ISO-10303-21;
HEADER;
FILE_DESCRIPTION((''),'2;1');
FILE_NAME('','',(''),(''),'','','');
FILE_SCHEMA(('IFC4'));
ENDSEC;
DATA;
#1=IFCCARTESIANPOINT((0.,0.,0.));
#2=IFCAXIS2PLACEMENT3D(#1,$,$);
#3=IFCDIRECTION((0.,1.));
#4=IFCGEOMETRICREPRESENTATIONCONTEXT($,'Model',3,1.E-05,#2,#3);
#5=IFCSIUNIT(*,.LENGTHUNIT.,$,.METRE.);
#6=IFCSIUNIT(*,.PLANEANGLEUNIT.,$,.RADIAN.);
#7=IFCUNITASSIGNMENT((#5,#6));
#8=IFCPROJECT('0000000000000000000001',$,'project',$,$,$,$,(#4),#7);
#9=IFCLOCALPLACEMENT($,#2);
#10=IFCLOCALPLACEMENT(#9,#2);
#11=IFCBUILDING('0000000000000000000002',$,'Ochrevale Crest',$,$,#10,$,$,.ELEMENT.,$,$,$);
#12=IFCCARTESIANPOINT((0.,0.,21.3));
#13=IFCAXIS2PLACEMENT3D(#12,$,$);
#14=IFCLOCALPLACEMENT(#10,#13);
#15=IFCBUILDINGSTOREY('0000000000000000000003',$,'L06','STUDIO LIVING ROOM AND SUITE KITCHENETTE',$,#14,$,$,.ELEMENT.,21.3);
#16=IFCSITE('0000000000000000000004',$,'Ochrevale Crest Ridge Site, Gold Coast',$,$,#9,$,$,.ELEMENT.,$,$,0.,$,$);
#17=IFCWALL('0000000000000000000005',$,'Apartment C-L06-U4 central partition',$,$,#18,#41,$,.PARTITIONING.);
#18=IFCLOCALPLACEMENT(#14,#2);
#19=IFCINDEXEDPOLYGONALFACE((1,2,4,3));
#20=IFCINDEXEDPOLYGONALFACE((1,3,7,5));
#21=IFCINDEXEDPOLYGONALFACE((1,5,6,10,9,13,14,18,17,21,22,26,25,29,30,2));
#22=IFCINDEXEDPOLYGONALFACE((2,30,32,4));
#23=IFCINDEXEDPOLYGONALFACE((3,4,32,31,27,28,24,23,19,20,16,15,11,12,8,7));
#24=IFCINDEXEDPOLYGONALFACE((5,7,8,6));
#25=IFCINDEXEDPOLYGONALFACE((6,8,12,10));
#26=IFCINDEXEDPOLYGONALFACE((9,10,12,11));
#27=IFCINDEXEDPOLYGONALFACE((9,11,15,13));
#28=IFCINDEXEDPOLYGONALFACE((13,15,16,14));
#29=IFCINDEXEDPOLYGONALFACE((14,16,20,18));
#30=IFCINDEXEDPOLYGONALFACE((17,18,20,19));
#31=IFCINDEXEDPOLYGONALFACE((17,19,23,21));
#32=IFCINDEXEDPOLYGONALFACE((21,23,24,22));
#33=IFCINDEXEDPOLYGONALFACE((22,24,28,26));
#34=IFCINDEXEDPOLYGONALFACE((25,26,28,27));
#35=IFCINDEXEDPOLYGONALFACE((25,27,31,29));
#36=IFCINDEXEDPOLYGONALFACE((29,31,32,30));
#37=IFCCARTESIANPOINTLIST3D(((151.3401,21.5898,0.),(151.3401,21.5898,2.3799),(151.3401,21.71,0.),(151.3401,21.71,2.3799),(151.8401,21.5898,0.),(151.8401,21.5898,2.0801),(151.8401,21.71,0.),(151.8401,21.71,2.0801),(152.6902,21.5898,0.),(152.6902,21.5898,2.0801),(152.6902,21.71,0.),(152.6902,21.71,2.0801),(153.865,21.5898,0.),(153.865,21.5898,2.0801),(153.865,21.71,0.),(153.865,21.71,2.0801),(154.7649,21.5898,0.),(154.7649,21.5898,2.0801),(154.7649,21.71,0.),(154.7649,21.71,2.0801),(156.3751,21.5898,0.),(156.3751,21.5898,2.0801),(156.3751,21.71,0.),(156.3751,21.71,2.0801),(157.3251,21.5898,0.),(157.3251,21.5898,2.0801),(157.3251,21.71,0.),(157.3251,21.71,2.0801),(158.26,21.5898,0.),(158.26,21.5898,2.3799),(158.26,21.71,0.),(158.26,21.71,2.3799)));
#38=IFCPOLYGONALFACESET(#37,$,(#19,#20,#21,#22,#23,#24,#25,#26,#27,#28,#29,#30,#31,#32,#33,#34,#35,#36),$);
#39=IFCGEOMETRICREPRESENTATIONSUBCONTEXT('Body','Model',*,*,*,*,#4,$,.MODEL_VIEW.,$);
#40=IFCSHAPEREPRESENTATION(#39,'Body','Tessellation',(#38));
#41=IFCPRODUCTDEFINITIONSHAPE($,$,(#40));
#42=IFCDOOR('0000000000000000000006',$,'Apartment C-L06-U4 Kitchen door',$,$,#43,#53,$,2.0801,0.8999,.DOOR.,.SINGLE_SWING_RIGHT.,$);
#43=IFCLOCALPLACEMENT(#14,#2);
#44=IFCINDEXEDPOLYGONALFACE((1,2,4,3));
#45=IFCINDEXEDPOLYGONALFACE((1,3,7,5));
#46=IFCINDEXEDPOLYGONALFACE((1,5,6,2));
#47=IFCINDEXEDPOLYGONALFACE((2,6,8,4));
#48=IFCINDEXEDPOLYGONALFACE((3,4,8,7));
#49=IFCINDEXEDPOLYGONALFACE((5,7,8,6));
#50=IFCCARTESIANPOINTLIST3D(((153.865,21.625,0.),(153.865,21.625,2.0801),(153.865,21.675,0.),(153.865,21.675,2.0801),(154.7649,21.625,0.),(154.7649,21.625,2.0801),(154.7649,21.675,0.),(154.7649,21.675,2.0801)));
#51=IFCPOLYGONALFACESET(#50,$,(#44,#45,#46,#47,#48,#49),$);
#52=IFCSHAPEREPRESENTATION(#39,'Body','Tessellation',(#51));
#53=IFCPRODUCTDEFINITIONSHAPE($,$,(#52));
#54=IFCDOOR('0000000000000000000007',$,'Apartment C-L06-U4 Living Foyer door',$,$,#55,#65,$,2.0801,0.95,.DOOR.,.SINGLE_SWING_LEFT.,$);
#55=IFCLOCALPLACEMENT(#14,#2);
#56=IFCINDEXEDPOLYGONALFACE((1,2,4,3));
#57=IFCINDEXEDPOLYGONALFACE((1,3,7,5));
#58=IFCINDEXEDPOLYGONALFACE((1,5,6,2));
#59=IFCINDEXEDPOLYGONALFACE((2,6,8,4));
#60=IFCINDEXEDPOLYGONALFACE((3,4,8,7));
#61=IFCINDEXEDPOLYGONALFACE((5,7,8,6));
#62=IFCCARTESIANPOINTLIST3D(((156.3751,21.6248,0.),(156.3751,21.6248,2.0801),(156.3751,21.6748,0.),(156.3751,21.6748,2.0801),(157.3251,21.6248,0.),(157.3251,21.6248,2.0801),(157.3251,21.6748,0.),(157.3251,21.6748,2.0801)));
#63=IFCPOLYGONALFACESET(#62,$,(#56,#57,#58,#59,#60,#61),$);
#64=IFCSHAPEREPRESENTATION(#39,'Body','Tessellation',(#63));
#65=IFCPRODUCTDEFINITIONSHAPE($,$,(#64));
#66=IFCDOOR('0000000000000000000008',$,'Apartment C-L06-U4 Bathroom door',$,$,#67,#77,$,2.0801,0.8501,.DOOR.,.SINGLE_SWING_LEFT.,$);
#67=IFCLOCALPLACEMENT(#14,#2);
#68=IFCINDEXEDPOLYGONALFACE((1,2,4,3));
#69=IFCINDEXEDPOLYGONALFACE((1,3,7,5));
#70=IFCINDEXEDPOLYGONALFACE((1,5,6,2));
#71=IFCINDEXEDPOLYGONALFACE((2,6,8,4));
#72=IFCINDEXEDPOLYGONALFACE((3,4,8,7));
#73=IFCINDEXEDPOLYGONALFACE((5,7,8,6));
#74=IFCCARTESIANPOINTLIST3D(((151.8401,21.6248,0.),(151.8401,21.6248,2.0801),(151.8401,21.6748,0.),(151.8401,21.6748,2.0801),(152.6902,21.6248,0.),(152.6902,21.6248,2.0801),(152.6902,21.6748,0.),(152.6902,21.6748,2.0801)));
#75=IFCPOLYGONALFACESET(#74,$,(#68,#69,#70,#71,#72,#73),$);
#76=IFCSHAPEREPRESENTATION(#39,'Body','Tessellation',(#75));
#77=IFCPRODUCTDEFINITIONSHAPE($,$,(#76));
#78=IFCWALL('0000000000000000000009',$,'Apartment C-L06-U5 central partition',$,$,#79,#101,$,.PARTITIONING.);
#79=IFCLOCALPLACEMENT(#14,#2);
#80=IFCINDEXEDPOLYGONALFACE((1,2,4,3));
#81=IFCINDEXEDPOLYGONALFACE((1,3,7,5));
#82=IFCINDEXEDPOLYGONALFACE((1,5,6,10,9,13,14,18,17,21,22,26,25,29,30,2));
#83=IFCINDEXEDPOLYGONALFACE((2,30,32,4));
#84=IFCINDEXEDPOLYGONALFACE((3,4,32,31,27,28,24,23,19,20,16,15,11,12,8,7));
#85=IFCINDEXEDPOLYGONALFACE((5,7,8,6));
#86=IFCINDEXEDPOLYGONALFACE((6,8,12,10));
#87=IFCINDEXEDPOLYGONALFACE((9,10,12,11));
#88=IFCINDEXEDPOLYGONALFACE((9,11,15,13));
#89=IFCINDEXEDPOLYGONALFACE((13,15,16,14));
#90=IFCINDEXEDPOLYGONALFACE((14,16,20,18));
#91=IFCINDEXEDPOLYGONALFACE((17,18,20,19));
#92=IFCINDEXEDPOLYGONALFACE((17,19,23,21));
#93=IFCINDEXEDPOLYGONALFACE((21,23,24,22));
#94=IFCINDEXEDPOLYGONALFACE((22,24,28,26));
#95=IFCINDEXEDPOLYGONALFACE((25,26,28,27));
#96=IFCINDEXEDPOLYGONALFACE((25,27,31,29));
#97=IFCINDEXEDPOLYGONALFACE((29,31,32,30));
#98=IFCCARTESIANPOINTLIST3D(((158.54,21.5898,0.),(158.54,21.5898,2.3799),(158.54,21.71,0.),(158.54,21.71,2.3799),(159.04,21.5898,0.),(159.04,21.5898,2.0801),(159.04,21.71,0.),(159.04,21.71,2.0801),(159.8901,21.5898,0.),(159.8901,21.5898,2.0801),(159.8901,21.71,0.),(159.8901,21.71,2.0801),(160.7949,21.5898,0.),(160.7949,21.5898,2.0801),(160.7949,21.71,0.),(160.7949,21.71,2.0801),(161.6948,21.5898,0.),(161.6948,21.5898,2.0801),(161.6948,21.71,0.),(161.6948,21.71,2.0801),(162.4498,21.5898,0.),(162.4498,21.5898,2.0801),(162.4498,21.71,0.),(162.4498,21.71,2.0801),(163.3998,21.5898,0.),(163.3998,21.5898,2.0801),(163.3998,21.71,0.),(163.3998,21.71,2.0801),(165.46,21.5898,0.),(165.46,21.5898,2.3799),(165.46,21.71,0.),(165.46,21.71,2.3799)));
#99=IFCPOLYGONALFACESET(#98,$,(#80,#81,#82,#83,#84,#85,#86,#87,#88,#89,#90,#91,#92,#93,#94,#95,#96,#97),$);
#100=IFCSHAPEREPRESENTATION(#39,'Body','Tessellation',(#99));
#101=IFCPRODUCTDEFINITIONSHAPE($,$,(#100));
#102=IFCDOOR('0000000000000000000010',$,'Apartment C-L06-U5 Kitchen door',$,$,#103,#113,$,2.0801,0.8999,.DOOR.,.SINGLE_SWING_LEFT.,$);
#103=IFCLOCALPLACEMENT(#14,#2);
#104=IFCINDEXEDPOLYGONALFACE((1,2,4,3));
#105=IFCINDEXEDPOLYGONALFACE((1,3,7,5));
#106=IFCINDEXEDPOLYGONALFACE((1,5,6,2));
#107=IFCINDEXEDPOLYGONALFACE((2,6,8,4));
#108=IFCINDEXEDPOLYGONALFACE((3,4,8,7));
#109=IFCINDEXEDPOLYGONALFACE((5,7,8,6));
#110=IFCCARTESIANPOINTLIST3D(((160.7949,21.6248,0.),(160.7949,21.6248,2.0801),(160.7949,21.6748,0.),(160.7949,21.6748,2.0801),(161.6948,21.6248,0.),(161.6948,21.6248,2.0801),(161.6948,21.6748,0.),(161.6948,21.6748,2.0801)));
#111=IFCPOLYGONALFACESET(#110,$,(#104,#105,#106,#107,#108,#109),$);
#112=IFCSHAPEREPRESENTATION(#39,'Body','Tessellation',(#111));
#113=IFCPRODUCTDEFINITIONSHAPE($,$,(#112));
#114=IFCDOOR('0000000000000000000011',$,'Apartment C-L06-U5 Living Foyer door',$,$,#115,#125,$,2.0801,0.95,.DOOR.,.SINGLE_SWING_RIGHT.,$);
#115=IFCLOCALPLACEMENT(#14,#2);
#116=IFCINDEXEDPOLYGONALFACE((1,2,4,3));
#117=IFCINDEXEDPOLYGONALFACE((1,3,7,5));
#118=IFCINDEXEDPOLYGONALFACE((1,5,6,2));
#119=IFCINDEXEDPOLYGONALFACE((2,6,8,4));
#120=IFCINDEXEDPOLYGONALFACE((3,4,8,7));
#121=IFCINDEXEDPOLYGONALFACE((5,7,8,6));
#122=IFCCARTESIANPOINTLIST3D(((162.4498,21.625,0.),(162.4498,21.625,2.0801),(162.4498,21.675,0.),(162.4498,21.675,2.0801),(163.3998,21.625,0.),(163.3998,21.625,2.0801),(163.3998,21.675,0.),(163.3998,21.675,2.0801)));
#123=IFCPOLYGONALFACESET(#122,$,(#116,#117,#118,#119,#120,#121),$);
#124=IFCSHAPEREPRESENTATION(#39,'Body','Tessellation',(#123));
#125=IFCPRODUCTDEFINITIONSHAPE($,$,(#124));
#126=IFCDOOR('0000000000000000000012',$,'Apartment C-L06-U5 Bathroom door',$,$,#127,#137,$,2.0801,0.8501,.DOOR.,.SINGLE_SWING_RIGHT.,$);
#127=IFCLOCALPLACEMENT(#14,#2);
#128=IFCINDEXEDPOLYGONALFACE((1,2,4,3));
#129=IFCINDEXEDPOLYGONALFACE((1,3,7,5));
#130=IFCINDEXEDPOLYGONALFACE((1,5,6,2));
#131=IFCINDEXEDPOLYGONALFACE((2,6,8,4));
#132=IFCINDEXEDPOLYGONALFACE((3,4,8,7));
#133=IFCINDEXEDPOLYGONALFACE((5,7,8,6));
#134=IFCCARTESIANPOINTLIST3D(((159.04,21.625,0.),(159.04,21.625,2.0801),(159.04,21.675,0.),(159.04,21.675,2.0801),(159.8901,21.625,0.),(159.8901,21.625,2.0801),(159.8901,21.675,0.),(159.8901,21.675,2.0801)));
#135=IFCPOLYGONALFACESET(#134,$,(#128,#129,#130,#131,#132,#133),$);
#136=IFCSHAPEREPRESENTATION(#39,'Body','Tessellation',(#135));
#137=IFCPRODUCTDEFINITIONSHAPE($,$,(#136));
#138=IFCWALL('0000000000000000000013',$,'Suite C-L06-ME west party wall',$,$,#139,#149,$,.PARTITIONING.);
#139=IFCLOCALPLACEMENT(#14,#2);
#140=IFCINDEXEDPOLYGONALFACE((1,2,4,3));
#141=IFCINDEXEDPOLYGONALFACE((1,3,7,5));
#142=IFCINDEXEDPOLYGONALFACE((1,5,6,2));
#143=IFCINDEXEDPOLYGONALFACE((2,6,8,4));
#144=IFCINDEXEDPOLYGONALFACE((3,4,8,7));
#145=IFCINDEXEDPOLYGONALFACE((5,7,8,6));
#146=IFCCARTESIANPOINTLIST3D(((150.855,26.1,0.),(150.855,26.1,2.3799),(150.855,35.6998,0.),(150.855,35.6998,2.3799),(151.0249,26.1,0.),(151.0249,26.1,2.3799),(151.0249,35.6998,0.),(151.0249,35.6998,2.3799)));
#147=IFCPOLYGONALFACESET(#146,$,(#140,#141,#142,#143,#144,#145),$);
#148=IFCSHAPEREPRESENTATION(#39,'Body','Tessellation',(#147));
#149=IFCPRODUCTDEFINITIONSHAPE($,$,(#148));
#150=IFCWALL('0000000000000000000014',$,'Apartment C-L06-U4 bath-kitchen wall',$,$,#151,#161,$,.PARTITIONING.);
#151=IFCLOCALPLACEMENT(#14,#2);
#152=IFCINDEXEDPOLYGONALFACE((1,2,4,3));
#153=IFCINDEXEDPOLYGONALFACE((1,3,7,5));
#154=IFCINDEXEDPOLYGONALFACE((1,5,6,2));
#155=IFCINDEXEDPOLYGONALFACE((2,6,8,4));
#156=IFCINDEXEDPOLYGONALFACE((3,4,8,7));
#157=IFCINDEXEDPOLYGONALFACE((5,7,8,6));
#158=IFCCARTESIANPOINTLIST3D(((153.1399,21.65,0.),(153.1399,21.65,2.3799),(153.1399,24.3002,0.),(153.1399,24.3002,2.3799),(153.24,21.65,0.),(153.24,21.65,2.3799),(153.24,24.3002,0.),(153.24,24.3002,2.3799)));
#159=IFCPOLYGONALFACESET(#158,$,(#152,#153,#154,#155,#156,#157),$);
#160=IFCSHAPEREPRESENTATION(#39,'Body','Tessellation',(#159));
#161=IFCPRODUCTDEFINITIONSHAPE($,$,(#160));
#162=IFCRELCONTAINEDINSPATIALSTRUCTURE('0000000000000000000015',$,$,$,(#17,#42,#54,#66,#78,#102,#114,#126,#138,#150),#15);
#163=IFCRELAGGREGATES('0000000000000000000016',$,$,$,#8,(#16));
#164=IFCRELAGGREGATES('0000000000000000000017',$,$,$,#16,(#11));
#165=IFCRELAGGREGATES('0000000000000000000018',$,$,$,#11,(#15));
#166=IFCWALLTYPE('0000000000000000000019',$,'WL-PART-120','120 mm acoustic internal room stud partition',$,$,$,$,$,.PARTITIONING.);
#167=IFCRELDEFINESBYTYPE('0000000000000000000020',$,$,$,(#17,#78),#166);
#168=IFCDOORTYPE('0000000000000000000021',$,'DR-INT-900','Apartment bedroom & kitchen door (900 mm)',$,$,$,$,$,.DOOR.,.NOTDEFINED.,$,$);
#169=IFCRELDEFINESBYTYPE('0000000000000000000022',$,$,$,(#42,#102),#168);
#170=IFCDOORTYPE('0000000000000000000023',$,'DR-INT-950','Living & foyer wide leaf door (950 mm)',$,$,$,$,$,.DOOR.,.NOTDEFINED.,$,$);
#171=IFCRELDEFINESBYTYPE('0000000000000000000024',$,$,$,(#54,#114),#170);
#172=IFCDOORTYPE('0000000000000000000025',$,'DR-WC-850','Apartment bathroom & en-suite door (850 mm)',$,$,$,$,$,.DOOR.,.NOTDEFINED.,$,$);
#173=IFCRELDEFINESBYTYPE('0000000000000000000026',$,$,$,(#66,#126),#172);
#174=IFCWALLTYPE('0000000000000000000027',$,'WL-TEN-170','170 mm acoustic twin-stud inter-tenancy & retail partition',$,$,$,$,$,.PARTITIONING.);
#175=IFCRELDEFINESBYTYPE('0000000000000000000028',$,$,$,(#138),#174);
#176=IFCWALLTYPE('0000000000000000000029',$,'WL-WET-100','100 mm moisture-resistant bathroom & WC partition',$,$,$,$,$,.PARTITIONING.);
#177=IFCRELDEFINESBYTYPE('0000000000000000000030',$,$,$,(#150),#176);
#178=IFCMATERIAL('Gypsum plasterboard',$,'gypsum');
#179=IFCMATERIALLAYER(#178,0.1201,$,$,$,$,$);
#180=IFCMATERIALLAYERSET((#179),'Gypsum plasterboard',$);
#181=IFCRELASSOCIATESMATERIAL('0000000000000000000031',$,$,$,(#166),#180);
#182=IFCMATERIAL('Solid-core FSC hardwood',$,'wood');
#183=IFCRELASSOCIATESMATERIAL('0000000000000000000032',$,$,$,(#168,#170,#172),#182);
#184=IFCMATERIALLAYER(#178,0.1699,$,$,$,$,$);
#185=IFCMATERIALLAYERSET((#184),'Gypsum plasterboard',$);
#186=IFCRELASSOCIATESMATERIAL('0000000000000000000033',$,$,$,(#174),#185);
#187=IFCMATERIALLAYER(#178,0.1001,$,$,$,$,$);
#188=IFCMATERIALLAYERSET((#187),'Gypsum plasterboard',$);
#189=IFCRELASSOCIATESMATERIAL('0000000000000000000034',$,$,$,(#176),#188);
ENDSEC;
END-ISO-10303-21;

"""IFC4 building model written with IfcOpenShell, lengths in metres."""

from ifc_helpers import new_model, si_unit, direction, frame, frame_2d, origin, place, context, subcontext, project, spatial, rectangle, extrude, material, layer, layer_set, type_object, element, fill, save


model = new_model("IFC4")

# Units and contexts
model_context = context("Model", 3, precision=1e-05, world=origin(), true_north=direction((0.0, 1.0)))
body_context = subcontext(model_context, "Body", "Model", "MODEL_VIEW")
ifc_project = project(units=[si_unit("LENGTHUNIT", "METRE"), si_unit("PLANEANGLEUNIT", "RADIAN")], contexts=[model_context])

# Site, building, storey
site_placement = place(None, origin())
site = spatial("IfcSite", under=ifc_project, at=site_placement, Name="Ochrevale Crest Ridge Site, Gold Coast", CompositionType="ELEMENT", RefElevation=0.0)
building_placement = place(site_placement, origin())
building = spatial("IfcBuilding", under=site, at=building_placement, Name="Ochrevale Crest", CompositionType="ELEMENT")
storey_placement = place(building_placement, frame((0.0, 0.0, 21.3)))
storey = spatial("IfcBuildingStorey", under=building, at=storey_placement, Name="L06", Description="STUDIO LIVING ROOM AND SUITE KITCHENETTE", CompositionType="ELEMENT", Elevation=21.3)

# Shared definitions
ifc_material_1 = material(Name="Gypsum plasterboard", Category="gypsum")
ifc_material_2 = material(Name="Solid-core FSC hardwood", Category="wood")

# Shared definitions
ifc_layer_1 = layer(ifc_material_1, 0.1201)
ifc_layer_set_1 = layer_set([ifc_layer_1], Name="Gypsum plasterboard")
wall_type_1 = type_object("IfcWallType", Name="WL-PART-120", Description="120 mm acoustic internal room stud partition", PredefinedType="PARTITIONING", material=ifc_layer_set_1)

# Walls, openings, doors
wall_1_placement = place(storey_placement, frame((151.3401, 21.6499, 0.0), z_axis=(0.0, 0.0, 1.0), x_axis=(1.0, 0.0, 0.0)))
wall_1 = element("IfcWall", 1, at=wall_1_placement, inside=storey, type_object=wall_type_1, Name="Apartment C-L06-U4 central partition", PredefinedType="PARTITIONING", context=body_context, shape_type="SweptSolid", body=[
    extrude(rectangle(XDim=6.9199, YDim=0.1201, at=frame_2d((3.46, 0.0))), origin(), (0.0, 0.0, 1.0), 2.3799),
])
opening_1_placement = place(wall_1_placement, frame((0.5, 0.0, 0.0)))
opening_1 = element("IfcOpeningElement", 2, at=opening_1_placement, cuts=wall_1, PredefinedType="OPENING", context=body_context, shape_type="SweptSolid", body=[
    extrude(rectangle(XDim=0.8501, YDim=2.0801, at=frame_2d((0.425, 1.04))), frame((0.0, 0.0701, 0.0), z_axis=(0.0, -1.0, 0.0), x_axis=(1.0, 0.0, 0.0)), (0.0, 0.0, 1.0), 0.1401),
])
opening_2_placement = place(wall_1_placement, frame((3.4248, 0.0, 0.0), z_axis=(0.0, 0.0, 1.0), x_axis=(-1.0, 0.0, 0.0)))
opening_2 = element("IfcOpeningElement", 3, at=opening_2_placement, cuts=wall_1, PredefinedType="OPENING", context=body_context, shape_type="SweptSolid", body=[
    extrude(rectangle(XDim=0.8999, YDim=2.0801, at=frame_2d((0.45, 1.04))), frame((0.0, 0.0701, 0.0), z_axis=(0.0, -1.0, 0.0), x_axis=(1.0, 0.0, 0.0)), (0.0, 0.0, 1.0), 0.1401),
])
opening_3_placement = place(wall_1_placement, frame((5.0349, 0.0, 0.0)))
opening_3 = element("IfcOpeningElement", 4, at=opening_3_placement, cuts=wall_1, PredefinedType="OPENING", context=body_context, shape_type="SweptSolid", body=[
    extrude(rectangle(XDim=0.95, YDim=2.0801, at=frame_2d((0.4751, 1.04))), frame((0.0, 0.0701, 0.0), z_axis=(0.0, -1.0, 0.0), x_axis=(1.0, 0.0, 0.0)), (0.0, 0.0, 1.0), 0.1401),
])
door_type_1 = type_object("IfcDoorType", Name="DR-INT-900", Description="Apartment bedroom & kitchen door (900 mm)", OperationType="NOTDEFINED", PredefinedType="DOOR", material=ifc_material_2)
door_1_placement = place(opening_2_placement, origin())
door_1 = element("IfcDoor", 5, at=door_1_placement, inside=storey, type_object=door_type_1, Name="Apartment C-L06-U4 Kitchen door", OperationType="SINGLE_SWING_RIGHT", OverallHeight=2.0801, OverallWidth=0.8999, PredefinedType="DOOR", context=body_context, shape_type="SweptSolid", body=[
    extrude(rectangle(XDim=0.8999, YDim=2.0801, at=frame_2d((0.45, 1.04))), frame((0.0, 0.0249, 0.0), z_axis=(0.0, -1.0, 0.0), x_axis=(1.0, 0.0, 0.0)), (0.0, 0.0, 1.0), 0.05),
])
fill(opening_2, door_1)
door_type_2 = type_object("IfcDoorType", Name="DR-INT-950", Description="Living & foyer wide leaf door (950 mm)", OperationType="NOTDEFINED", PredefinedType="DOOR", material=ifc_material_2)
door_2_placement = place(opening_3_placement, origin())
door_2 = element("IfcDoor", 6, at=door_2_placement, inside=storey, type_object=door_type_2, Name="Apartment C-L06-U4 Living Foyer door", OperationType="SINGLE_SWING_LEFT", OverallHeight=2.0801, OverallWidth=0.95, PredefinedType="DOOR", context=body_context, shape_type="SweptSolid", body=[
    extrude(rectangle(XDim=0.95, YDim=2.0801, at=frame_2d((0.4751, 1.04))), frame((0.0, 0.0249, 0.0), z_axis=(0.0, -1.0, 0.0), x_axis=(1.0, 0.0, 0.0)), (0.0, 0.0, 1.0), 0.05),
])
fill(opening_3, door_2)
door_type_3 = type_object("IfcDoorType", Name="DR-WC-850", Description="Apartment bathroom & en-suite door (850 mm)", OperationType="NOTDEFINED", PredefinedType="DOOR", material=ifc_material_2)
door_3_placement = place(opening_1_placement, origin())
door_3 = element("IfcDoor", 7, at=door_3_placement, inside=storey, type_object=door_type_3, Name="Apartment C-L06-U4 Bathroom door", OperationType="SINGLE_SWING_LEFT", OverallHeight=2.0801, OverallWidth=0.8501, PredefinedType="DOOR", context=body_context, shape_type="SweptSolid", body=[
    extrude(rectangle(XDim=0.8501, YDim=2.0801, at=frame_2d((0.425, 1.04))), frame((0.0, 0.0249, 0.0), z_axis=(0.0, -1.0, 0.0), x_axis=(1.0, 0.0, 0.0)), (0.0, 0.0, 1.0), 0.05),
])
fill(opening_1, door_3)
wall_2_placement = place(storey_placement, frame((158.54, 21.6499, 0.0), z_axis=(0.0, 0.0, 1.0), x_axis=(1.0, 0.0, 0.0)))
wall_2 = element("IfcWall", 8, at=wall_2_placement, inside=storey, type_object=wall_type_1, Name="Apartment C-L06-U5 central partition", PredefinedType="PARTITIONING", context=body_context, shape_type="SweptSolid", body=[
    extrude(rectangle(XDim=6.9199, YDim=0.1201, at=frame_2d((3.46, 0.0))), origin(), (0.0, 0.0, 1.0), 2.3799),
])
opening_4_placement = place(wall_2_placement, frame((1.3501, 0.0, 0.0), z_axis=(0.0, 0.0, 1.0), x_axis=(-1.0, 0.0, 0.0)))
opening_4 = element("IfcOpeningElement", 9, at=opening_4_placement, cuts=wall_2, PredefinedType="OPENING", context=body_context, shape_type="SweptSolid", body=[
    extrude(rectangle(XDim=0.8501, YDim=2.0801, at=frame_2d((0.425, 1.04))), frame((0.0, 0.0701, 0.0), z_axis=(0.0, -1.0, 0.0), x_axis=(1.0, 0.0, 0.0)), (0.0, 0.0, 1.0), 0.1401),
])
opening_5_placement = place(wall_2_placement, frame((2.2549, 0.0, 0.0)))
opening_5 = element("IfcOpeningElement", 10, at=opening_5_placement, cuts=wall_2, PredefinedType="OPENING", context=body_context, shape_type="SweptSolid", body=[
    extrude(rectangle(XDim=0.8999, YDim=2.0801, at=frame_2d((0.45, 1.04))), frame((0.0, 0.0701, 0.0), z_axis=(0.0, -1.0, 0.0), x_axis=(1.0, 0.0, 0.0)), (0.0, 0.0, 1.0), 0.1401),
])
opening_6_placement = place(wall_2_placement, frame((4.8599, 0.0, 0.0), z_axis=(0.0, 0.0, 1.0), x_axis=(-1.0, 0.0, 0.0)))
opening_6 = element("IfcOpeningElement", 11, at=opening_6_placement, cuts=wall_2, PredefinedType="OPENING", context=body_context, shape_type="SweptSolid", body=[
    extrude(rectangle(XDim=0.95, YDim=2.0801, at=frame_2d((0.4751, 1.04))), frame((0.0, 0.0701, 0.0), z_axis=(0.0, -1.0, 0.0), x_axis=(1.0, 0.0, 0.0)), (0.0, 0.0, 1.0), 0.1401),
])
door_4_placement = place(opening_5_placement, origin())
door_4 = element("IfcDoor", 12, at=door_4_placement, inside=storey, type_object=door_type_1, Name="Apartment C-L06-U5 Kitchen door", OperationType="SINGLE_SWING_LEFT", OverallHeight=2.0801, OverallWidth=0.8999, PredefinedType="DOOR", context=body_context, shape_type="SweptSolid", body=[
    extrude(rectangle(XDim=0.8999, YDim=2.0801, at=frame_2d((0.45, 1.04))), frame((0.0, 0.0249, 0.0), z_axis=(0.0, -1.0, 0.0), x_axis=(1.0, 0.0, 0.0)), (0.0, 0.0, 1.0), 0.05),
])
fill(opening_5, door_4)
door_5_placement = place(opening_6_placement, origin())
door_5 = element("IfcDoor", 13, at=door_5_placement, inside=storey, type_object=door_type_2, Name="Apartment C-L06-U5 Living Foyer door", OperationType="SINGLE_SWING_RIGHT", OverallHeight=2.0801, OverallWidth=0.95, PredefinedType="DOOR", context=body_context, shape_type="SweptSolid", body=[
    extrude(rectangle(XDim=0.95, YDim=2.0801, at=frame_2d((0.4751, 1.04))), frame((0.0, 0.0249, 0.0), z_axis=(0.0, -1.0, 0.0), x_axis=(1.0, 0.0, 0.0)), (0.0, 0.0, 1.0), 0.05),
])
fill(opening_6, door_5)
door_6_placement = place(opening_4_placement, origin())
door_6 = element("IfcDoor", 14, at=door_6_placement, inside=storey, type_object=door_type_3, Name="Apartment C-L06-U5 Bathroom door", OperationType="SINGLE_SWING_RIGHT", OverallHeight=2.0801, OverallWidth=0.8501, PredefinedType="DOOR", context=body_context, shape_type="SweptSolid", body=[
    extrude(rectangle(XDim=0.8501, YDim=2.0801, at=frame_2d((0.425, 1.04))), frame((0.0, 0.0249, 0.0), z_axis=(0.0, -1.0, 0.0), x_axis=(1.0, 0.0, 0.0)), (0.0, 0.0, 1.0), 0.05),
])
fill(opening_4, door_6)

# Walls
ifc_layer_2 = layer(ifc_material_1, 0.1699)
ifc_layer_set_2 = layer_set([ifc_layer_2], Name="Gypsum plasterboard")
wall_type_2 = type_object("IfcWallType", Name="WL-TEN-170", Description="170 mm acoustic twin-stud inter-tenancy & retail partition", PredefinedType="PARTITIONING", material=ifc_layer_set_2)
wall_3_placement = place(storey_placement, frame((150.9399, 26.1001, 0.0), z_axis=(0.0, 0.0, 1.0), x_axis=(0.0, 1.0, 0.0)))
element("IfcWall", 15, at=wall_3_placement, inside=storey, type_object=wall_type_2, Name="Suite C-L06-ME west party wall", PredefinedType="PARTITIONING", context=body_context, shape_type="SweptSolid", body=[
    extrude(rectangle(XDim=9.5999, YDim=0.1699, at=frame_2d((4.7998, 0.0))), origin(), (0.0, 0.0, 1.0), 2.3799),
])
ifc_layer_3 = layer(ifc_material_1, 0.1001)
ifc_layer_set_3 = layer_set([ifc_layer_3], Name="Gypsum plasterboard")
wall_type_3 = type_object("IfcWallType", Name="WL-WET-100", Description="100 mm moisture-resistant bathroom & WC partition", PredefinedType="PARTITIONING", material=ifc_layer_set_3)
wall_4_placement = place(storey_placement, frame((153.1899, 21.6499, 0.0), z_axis=(0.0, 0.0, 1.0), x_axis=(0.0, 1.0, 0.0)))
element("IfcWall", 16, at=wall_4_placement, inside=storey, type_object=wall_type_3, Name="Apartment C-L06-U4 bath-kitchen wall", PredefinedType="PARTITIONING", context=body_context, shape_type="SweptSolid", body=[
    extrude(rectangle(XDim=2.6501, YDim=0.1001, at=frame_2d((1.3252, 0.0))), origin(), (0.0, 0.0, 1.0), 2.3799),
])

save(model, "model.ifc")
